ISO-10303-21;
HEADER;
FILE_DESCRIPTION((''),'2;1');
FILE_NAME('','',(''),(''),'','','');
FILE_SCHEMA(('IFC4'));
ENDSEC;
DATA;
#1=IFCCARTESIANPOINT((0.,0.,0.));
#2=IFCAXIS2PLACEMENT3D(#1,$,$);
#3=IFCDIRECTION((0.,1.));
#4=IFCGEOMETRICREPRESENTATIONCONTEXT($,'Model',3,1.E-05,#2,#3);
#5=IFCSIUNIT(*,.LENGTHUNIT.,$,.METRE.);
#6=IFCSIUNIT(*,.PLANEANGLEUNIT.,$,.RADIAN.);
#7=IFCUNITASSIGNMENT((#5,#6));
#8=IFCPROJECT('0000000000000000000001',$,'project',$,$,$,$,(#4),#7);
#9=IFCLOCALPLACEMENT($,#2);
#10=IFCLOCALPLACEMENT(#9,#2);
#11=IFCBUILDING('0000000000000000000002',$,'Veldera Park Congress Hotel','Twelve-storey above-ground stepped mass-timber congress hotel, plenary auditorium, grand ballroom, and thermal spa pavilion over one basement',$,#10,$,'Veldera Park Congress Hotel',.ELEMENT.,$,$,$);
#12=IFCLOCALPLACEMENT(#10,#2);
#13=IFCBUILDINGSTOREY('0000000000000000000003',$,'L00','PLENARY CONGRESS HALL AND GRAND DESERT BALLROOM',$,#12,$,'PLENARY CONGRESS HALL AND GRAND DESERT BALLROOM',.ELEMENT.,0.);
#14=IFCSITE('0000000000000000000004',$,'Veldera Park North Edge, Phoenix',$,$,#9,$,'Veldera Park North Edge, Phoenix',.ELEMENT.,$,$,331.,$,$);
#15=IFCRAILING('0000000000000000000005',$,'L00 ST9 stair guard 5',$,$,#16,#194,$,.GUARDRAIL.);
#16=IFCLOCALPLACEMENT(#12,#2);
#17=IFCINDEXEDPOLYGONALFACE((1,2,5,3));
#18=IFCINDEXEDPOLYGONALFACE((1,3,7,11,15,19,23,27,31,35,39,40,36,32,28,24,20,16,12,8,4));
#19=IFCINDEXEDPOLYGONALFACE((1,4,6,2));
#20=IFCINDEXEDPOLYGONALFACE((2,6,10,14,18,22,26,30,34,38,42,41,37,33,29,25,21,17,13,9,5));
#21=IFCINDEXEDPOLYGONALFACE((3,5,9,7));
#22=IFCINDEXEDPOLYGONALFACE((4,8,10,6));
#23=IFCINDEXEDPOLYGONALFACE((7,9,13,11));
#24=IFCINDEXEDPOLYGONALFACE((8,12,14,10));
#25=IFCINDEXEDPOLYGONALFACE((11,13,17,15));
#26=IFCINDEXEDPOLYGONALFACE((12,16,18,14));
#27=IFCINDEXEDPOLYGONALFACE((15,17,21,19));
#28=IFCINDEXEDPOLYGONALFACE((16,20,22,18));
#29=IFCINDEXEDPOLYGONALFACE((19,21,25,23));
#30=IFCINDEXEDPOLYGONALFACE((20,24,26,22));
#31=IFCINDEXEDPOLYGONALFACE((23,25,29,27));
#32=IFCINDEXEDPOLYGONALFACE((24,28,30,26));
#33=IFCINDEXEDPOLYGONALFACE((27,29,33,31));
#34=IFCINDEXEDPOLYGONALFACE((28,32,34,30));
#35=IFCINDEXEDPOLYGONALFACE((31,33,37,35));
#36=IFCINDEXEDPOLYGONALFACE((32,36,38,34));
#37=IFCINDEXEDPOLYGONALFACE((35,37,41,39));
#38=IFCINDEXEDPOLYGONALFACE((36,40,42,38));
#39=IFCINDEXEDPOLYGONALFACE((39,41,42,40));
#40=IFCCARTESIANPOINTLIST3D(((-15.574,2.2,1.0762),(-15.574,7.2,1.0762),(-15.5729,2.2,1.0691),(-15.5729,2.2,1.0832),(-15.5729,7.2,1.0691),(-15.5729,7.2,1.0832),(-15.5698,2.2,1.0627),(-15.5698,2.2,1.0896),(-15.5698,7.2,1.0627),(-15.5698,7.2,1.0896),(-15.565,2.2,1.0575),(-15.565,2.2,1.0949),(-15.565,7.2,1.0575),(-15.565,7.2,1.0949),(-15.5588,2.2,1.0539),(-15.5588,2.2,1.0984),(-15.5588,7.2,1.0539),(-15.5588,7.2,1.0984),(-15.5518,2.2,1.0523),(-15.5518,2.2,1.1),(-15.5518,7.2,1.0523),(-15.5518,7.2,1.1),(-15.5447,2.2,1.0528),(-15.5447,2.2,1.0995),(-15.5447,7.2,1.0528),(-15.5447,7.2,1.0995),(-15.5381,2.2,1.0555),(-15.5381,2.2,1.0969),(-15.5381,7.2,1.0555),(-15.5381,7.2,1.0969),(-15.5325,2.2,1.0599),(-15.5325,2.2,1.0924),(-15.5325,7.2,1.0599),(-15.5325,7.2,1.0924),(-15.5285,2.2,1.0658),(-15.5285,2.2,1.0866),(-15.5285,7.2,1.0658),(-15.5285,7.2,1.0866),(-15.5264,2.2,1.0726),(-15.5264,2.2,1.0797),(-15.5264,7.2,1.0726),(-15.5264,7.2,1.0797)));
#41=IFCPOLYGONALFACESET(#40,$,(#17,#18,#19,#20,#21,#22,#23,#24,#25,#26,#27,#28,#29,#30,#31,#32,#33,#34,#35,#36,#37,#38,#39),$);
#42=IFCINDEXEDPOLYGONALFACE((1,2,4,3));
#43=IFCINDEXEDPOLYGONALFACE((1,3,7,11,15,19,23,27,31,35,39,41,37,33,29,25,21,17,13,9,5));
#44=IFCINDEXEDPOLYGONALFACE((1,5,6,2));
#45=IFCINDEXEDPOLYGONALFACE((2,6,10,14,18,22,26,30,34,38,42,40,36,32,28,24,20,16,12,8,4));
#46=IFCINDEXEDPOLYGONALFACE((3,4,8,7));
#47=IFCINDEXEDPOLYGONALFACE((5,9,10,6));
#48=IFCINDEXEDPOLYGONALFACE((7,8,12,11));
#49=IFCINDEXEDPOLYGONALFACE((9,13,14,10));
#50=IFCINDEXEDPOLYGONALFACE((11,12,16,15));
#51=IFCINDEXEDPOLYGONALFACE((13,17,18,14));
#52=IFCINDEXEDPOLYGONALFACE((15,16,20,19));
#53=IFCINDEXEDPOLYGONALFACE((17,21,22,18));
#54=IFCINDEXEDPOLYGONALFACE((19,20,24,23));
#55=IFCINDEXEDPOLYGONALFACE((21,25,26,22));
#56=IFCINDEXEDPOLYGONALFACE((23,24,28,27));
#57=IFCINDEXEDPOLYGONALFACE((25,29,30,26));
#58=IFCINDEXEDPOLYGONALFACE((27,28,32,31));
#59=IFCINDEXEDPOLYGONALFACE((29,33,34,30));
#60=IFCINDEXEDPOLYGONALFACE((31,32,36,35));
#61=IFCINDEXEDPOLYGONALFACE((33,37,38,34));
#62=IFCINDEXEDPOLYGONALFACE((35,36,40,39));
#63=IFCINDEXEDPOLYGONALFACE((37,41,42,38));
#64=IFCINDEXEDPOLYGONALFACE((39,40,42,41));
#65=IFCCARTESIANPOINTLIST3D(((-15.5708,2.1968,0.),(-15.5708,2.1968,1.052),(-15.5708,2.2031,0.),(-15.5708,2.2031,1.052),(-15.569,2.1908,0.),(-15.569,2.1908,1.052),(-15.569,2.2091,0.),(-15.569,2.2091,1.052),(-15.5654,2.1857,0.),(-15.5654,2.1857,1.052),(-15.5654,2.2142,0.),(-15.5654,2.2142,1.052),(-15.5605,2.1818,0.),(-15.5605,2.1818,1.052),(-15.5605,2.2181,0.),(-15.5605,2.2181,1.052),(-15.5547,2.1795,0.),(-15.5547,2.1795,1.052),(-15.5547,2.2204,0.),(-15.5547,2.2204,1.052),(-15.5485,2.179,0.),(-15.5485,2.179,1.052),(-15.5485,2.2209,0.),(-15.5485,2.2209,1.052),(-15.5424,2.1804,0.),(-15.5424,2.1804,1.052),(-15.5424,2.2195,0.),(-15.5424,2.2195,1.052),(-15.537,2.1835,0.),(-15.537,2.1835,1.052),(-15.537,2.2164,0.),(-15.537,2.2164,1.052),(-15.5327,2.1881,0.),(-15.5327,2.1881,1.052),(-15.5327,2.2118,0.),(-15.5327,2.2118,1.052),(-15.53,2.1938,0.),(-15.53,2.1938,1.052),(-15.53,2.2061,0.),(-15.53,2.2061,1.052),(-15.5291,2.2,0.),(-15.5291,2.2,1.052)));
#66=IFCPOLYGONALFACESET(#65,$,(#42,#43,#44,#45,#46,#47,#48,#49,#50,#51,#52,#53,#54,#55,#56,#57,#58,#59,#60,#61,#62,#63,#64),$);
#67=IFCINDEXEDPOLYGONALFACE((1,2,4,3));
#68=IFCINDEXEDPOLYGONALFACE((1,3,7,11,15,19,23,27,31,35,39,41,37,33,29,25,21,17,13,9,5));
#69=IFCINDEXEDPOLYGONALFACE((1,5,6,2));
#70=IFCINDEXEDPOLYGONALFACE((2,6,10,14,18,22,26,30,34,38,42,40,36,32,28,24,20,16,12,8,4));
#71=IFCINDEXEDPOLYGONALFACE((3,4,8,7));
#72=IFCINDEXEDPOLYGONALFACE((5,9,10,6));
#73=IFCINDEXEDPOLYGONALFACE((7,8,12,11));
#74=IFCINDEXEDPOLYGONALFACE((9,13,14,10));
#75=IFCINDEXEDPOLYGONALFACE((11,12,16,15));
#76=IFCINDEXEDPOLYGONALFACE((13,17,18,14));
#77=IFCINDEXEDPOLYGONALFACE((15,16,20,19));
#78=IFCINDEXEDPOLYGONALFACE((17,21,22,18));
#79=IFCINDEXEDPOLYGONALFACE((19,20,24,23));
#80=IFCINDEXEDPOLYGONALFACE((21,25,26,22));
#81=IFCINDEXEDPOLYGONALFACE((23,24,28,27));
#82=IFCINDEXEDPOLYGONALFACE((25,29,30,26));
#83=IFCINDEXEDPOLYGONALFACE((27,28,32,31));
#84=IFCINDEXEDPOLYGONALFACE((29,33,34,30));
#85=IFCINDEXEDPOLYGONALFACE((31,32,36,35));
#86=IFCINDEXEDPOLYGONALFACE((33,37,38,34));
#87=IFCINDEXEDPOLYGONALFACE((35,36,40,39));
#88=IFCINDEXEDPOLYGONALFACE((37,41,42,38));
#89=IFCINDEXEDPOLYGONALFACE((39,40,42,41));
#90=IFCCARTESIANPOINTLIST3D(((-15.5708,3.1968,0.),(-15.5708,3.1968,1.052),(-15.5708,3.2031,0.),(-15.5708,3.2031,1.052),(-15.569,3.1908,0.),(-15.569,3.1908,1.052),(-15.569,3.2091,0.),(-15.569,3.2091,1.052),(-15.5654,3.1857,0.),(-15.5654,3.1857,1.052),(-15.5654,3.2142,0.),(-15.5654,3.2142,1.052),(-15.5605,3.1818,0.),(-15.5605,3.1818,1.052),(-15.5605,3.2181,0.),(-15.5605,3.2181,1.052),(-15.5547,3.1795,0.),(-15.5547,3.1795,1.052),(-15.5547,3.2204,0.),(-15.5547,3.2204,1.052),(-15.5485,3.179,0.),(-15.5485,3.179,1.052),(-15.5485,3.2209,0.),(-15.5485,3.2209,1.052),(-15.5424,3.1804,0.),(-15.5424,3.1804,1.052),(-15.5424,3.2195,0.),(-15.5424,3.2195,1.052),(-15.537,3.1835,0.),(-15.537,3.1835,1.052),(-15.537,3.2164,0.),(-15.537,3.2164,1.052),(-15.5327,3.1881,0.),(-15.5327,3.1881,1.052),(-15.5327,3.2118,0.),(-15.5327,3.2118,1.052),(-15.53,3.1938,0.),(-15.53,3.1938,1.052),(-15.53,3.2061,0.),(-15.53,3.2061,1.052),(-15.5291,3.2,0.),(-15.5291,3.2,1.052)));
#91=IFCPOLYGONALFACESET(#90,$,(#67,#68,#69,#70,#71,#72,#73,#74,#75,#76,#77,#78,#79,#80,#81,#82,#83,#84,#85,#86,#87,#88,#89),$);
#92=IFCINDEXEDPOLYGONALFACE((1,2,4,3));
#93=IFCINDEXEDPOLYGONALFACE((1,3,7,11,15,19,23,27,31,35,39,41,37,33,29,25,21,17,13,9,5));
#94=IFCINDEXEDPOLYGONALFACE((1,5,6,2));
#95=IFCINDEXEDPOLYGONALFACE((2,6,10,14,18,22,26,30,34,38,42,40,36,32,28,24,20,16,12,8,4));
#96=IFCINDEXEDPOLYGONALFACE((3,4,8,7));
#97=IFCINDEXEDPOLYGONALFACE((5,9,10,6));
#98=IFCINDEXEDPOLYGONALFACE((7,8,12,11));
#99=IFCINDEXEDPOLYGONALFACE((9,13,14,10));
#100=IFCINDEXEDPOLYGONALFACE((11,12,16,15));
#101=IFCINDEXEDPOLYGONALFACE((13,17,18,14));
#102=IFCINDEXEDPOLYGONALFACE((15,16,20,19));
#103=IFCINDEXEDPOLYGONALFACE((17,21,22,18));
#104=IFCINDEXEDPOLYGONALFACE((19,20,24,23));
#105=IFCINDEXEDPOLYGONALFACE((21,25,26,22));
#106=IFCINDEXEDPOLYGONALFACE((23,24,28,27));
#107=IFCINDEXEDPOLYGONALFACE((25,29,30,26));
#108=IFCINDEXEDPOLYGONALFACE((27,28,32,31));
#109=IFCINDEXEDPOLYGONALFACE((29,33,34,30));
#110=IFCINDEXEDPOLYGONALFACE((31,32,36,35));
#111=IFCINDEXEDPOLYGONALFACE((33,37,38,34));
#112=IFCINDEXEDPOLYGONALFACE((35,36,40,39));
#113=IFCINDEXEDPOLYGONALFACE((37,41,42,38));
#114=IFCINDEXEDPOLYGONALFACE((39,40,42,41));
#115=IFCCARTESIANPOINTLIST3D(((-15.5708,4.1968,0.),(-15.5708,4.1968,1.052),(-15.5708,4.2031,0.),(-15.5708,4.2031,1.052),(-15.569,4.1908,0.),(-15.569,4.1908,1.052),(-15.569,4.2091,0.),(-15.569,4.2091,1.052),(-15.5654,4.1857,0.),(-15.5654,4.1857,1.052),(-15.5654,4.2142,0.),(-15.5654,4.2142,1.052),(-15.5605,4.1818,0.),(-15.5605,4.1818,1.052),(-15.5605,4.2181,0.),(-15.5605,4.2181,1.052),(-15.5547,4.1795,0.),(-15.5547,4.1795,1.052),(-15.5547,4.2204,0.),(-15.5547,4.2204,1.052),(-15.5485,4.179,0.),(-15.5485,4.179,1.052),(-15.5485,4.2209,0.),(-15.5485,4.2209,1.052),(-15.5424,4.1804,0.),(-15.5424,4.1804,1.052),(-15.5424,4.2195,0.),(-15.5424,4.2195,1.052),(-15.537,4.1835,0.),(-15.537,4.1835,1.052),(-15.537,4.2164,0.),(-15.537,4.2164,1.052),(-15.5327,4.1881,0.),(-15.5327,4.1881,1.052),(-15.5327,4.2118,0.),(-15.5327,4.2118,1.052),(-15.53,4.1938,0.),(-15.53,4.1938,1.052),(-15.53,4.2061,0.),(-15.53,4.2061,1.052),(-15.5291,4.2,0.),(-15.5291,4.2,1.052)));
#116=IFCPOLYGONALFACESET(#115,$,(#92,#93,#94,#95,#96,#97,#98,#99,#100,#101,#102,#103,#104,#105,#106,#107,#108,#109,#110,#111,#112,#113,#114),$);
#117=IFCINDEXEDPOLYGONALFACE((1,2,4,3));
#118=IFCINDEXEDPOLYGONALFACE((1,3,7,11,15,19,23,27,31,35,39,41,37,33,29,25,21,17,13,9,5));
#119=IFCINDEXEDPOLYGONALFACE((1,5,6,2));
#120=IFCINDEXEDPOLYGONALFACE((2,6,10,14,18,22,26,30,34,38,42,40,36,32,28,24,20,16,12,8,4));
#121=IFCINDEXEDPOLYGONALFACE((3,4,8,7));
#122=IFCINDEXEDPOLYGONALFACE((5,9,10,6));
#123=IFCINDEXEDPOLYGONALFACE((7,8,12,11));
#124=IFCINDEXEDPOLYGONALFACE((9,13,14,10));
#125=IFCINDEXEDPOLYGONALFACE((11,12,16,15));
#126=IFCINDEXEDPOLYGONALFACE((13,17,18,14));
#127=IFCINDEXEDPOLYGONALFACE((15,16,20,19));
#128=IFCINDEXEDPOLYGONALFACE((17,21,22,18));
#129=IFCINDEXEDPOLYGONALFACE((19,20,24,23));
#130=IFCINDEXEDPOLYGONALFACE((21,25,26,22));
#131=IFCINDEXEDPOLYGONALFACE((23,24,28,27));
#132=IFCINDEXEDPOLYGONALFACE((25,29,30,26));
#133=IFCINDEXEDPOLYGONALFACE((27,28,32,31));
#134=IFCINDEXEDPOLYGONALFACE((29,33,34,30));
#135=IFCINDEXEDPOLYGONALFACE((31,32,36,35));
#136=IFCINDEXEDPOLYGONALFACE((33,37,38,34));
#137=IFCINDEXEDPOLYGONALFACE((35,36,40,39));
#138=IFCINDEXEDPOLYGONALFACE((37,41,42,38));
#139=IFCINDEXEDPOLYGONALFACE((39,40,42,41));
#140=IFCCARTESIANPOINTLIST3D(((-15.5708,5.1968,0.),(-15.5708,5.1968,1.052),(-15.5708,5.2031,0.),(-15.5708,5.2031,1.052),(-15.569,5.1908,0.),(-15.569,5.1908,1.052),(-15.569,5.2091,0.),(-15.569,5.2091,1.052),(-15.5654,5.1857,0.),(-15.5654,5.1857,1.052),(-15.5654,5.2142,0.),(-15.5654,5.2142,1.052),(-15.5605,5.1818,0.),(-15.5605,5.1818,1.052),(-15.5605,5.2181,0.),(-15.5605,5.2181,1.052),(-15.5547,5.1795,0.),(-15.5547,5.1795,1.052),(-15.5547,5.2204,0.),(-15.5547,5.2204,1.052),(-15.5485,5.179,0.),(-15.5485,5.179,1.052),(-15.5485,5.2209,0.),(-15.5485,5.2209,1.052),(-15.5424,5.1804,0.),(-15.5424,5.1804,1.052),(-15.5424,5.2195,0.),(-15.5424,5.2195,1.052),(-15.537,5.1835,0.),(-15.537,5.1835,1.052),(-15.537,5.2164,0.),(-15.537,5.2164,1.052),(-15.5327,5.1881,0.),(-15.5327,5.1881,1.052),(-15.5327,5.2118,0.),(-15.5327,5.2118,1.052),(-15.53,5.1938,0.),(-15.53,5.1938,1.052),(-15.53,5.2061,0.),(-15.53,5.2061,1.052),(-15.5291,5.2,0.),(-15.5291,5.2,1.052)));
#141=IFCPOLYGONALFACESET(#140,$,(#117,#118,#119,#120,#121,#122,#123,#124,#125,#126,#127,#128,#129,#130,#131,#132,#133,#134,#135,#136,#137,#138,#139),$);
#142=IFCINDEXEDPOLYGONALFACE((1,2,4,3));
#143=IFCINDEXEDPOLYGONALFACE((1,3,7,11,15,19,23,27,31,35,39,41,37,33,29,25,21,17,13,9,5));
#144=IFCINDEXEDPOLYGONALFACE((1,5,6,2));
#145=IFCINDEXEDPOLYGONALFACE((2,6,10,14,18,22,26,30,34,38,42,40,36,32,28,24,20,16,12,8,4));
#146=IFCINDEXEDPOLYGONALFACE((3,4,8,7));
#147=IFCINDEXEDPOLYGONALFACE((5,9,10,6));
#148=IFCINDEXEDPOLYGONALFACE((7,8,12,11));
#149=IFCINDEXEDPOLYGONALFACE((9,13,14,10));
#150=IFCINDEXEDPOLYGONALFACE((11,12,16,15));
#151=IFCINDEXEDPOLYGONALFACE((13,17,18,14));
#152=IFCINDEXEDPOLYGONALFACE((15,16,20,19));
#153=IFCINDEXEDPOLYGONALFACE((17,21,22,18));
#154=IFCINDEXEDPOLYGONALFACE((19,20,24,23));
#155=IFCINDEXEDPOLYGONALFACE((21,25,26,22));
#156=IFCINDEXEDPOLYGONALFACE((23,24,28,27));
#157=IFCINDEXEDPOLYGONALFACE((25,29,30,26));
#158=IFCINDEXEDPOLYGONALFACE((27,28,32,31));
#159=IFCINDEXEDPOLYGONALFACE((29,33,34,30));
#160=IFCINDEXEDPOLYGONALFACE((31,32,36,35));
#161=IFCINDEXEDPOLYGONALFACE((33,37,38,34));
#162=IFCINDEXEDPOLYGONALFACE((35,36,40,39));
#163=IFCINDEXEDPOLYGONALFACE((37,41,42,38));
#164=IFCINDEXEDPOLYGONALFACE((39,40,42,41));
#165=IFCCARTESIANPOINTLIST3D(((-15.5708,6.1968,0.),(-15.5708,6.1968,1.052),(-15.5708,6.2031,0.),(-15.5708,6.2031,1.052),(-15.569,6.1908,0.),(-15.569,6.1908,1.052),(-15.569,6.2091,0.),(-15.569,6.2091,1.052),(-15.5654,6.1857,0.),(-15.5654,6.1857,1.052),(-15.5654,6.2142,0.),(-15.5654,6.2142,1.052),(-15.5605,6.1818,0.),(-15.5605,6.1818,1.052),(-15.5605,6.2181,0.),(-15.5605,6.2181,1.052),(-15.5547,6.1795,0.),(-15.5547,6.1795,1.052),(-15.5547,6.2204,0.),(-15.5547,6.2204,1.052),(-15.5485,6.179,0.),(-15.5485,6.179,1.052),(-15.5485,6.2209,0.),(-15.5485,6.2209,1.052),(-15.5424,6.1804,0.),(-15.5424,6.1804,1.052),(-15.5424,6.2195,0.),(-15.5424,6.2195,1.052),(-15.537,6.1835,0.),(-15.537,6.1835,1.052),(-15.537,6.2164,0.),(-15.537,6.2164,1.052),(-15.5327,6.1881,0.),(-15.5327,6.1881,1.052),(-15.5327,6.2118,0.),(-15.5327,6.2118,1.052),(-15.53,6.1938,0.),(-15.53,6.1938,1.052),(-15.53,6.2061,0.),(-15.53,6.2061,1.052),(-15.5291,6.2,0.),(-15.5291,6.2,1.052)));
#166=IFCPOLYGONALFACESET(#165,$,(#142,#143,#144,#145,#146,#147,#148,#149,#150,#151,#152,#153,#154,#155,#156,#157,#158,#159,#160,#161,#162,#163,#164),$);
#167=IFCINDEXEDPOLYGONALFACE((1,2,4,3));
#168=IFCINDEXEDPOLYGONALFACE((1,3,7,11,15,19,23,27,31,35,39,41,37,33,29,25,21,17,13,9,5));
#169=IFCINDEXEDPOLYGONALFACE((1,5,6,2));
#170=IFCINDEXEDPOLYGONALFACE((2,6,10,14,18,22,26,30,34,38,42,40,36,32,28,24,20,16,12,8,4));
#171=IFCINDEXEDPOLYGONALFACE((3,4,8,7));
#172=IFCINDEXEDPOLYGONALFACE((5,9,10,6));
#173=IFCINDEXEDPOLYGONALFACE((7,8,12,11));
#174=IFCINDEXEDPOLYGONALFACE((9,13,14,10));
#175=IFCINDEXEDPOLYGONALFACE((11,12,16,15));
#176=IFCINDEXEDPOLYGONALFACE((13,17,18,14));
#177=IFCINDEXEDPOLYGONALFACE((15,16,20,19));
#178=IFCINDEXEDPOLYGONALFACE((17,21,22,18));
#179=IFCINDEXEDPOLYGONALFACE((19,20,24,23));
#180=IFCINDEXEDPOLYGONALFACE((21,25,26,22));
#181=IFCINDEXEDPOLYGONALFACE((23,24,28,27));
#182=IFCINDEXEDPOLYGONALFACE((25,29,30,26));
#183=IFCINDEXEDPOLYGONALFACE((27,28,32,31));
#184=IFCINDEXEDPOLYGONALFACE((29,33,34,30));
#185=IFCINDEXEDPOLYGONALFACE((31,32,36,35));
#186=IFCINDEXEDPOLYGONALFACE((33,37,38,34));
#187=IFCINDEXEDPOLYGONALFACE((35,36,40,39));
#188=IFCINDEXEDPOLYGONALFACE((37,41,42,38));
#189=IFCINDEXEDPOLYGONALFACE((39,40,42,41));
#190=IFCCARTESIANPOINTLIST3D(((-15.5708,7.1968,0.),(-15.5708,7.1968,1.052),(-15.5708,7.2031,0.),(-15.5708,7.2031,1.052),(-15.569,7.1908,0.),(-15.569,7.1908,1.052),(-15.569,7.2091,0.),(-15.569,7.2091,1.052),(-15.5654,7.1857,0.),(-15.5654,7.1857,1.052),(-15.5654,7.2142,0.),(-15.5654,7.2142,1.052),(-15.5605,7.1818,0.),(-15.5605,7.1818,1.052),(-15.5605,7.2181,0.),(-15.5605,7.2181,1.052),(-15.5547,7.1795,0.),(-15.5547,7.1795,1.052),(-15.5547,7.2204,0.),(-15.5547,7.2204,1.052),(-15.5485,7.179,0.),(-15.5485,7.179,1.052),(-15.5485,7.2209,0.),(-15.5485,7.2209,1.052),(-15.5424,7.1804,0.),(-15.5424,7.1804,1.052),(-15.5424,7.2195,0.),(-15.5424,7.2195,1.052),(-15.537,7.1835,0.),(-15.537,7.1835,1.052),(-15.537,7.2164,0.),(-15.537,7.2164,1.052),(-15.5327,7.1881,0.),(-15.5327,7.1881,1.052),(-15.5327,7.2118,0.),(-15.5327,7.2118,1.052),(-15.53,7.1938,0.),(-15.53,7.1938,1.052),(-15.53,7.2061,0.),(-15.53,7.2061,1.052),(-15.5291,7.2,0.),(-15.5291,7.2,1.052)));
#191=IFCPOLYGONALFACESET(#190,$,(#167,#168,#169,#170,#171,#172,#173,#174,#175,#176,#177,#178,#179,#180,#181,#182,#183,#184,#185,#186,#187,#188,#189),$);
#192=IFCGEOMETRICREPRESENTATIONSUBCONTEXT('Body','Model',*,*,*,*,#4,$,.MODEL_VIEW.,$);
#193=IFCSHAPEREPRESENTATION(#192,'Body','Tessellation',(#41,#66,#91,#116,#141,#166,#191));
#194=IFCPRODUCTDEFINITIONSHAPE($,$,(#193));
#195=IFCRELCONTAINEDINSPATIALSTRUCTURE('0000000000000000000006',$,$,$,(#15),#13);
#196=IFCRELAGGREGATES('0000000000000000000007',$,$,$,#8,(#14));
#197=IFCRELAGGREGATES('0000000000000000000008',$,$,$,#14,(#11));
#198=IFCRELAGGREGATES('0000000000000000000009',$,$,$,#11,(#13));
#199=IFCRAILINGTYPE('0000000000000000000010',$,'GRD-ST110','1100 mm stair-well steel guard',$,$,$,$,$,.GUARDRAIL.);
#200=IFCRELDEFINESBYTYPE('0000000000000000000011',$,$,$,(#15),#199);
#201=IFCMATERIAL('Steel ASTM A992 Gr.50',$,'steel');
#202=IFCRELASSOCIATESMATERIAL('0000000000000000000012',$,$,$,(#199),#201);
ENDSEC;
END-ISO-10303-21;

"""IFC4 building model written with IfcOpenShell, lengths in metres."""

from ifc_helpers import new_model, si_unit, direction, frame, origin, origin_2d, place, context, subcontext, project, spatial, circle, extrude, material, type_object, element, save


model = new_model("IFC4")

# Units and contexts
model_context = context("Model", 3, precision=1e-05, world=origin(), true_north=direction((0.0, 1.0)))
body_context = subcontext(model_context, "Body", "Model", "MODEL_VIEW")
ifc_project = project(units=[si_unit("LENGTHUNIT", "METRE"), si_unit("PLANEANGLEUNIT", "RADIAN")], contexts=[model_context])

# Site, building, storey
site_placement = place(None, origin())
site = spatial("IfcSite", under=ifc_project, at=site_placement, Name="Veldera Park North Edge, Phoenix", LongName="Veldera Park North Edge, Phoenix", CompositionType="ELEMENT", RefElevation=331.0)
building_placement = place(site_placement, origin())
building = spatial("IfcBuilding", under=site, at=building_placement, Name="Veldera Park Congress Hotel", Description="Twelve-storey above-ground stepped mass-timber congress hotel, plenary auditorium, grand ballroom, and thermal spa pavilion over one basement", LongName="Veldera Park Congress Hotel", CompositionType="ELEMENT")
storey_placement = place(building_placement, origin())
storey = spatial("IfcBuildingStorey", under=building, at=storey_placement, Name="L00", Description="PLENARY CONGRESS HALL AND GRAND DESERT BALLROOM", LongName="PLENARY CONGRESS HALL AND GRAND DESERT BALLROOM", CompositionType="ELEMENT", Elevation=0.0)

# Shared definitions
ifc_material_1 = material(Name="Steel ASTM A992 Gr.50", Category="steel")

# Railing
railing_type_1 = type_object("IfcRailingType", Name="GRD-ST110", Description="1100 mm stair-well steel guard", PredefinedType="GUARDRAIL", material=ifc_material_1)
railing_1_placement = place(storey_placement, frame((-15.55, 2.2, 0.0)))
element("IfcRailing", 1, at=railing_1_placement, inside=storey, type_object=railing_type_1, Name="L00 ST9 stair guard 5", PredefinedType="GUARDRAIL", context=body_context, shape_type="SweptSolid", body=[
    extrude(circle(Radius=0.0239, at=origin_2d()), frame((0.0, 0.0, 1.0762), z_axis=(0.0, 1.0, 0.0), x_axis=(-1.0, 0.0, 0.0)), (0.0, 0.0, 1.0), 5.0),
    extrude(circle(Radius=0.021, at=origin_2d()), origin(), (0.0, 0.0, 1.0), 1.052),
    extrude(circle(Radius=0.021, at=origin_2d()), frame((0.0, 1.0, 0.0)), (0.0, 0.0, 1.0), 1.052),
    extrude(circle(Radius=0.021, at=origin_2d()), frame((0.0, 2.0, 0.0)), (0.0, 0.0, 1.0), 1.052),
    extrude(circle(Radius=0.021, at=origin_2d()), frame((0.0, 3.0, 0.0)), (0.0, 0.0, 1.0), 1.052),
    extrude(circle(Radius=0.021, at=origin_2d()), frame((0.0, 4.0, 0.0)), (0.0, 0.0, 1.0), 1.052),
    extrude(circle(Radius=0.021, at=origin_2d()), frame((0.0, 5.0, 0.0)), (0.0, 0.0, 1.0), 1.052),
])

save(model, "model.ifc")
